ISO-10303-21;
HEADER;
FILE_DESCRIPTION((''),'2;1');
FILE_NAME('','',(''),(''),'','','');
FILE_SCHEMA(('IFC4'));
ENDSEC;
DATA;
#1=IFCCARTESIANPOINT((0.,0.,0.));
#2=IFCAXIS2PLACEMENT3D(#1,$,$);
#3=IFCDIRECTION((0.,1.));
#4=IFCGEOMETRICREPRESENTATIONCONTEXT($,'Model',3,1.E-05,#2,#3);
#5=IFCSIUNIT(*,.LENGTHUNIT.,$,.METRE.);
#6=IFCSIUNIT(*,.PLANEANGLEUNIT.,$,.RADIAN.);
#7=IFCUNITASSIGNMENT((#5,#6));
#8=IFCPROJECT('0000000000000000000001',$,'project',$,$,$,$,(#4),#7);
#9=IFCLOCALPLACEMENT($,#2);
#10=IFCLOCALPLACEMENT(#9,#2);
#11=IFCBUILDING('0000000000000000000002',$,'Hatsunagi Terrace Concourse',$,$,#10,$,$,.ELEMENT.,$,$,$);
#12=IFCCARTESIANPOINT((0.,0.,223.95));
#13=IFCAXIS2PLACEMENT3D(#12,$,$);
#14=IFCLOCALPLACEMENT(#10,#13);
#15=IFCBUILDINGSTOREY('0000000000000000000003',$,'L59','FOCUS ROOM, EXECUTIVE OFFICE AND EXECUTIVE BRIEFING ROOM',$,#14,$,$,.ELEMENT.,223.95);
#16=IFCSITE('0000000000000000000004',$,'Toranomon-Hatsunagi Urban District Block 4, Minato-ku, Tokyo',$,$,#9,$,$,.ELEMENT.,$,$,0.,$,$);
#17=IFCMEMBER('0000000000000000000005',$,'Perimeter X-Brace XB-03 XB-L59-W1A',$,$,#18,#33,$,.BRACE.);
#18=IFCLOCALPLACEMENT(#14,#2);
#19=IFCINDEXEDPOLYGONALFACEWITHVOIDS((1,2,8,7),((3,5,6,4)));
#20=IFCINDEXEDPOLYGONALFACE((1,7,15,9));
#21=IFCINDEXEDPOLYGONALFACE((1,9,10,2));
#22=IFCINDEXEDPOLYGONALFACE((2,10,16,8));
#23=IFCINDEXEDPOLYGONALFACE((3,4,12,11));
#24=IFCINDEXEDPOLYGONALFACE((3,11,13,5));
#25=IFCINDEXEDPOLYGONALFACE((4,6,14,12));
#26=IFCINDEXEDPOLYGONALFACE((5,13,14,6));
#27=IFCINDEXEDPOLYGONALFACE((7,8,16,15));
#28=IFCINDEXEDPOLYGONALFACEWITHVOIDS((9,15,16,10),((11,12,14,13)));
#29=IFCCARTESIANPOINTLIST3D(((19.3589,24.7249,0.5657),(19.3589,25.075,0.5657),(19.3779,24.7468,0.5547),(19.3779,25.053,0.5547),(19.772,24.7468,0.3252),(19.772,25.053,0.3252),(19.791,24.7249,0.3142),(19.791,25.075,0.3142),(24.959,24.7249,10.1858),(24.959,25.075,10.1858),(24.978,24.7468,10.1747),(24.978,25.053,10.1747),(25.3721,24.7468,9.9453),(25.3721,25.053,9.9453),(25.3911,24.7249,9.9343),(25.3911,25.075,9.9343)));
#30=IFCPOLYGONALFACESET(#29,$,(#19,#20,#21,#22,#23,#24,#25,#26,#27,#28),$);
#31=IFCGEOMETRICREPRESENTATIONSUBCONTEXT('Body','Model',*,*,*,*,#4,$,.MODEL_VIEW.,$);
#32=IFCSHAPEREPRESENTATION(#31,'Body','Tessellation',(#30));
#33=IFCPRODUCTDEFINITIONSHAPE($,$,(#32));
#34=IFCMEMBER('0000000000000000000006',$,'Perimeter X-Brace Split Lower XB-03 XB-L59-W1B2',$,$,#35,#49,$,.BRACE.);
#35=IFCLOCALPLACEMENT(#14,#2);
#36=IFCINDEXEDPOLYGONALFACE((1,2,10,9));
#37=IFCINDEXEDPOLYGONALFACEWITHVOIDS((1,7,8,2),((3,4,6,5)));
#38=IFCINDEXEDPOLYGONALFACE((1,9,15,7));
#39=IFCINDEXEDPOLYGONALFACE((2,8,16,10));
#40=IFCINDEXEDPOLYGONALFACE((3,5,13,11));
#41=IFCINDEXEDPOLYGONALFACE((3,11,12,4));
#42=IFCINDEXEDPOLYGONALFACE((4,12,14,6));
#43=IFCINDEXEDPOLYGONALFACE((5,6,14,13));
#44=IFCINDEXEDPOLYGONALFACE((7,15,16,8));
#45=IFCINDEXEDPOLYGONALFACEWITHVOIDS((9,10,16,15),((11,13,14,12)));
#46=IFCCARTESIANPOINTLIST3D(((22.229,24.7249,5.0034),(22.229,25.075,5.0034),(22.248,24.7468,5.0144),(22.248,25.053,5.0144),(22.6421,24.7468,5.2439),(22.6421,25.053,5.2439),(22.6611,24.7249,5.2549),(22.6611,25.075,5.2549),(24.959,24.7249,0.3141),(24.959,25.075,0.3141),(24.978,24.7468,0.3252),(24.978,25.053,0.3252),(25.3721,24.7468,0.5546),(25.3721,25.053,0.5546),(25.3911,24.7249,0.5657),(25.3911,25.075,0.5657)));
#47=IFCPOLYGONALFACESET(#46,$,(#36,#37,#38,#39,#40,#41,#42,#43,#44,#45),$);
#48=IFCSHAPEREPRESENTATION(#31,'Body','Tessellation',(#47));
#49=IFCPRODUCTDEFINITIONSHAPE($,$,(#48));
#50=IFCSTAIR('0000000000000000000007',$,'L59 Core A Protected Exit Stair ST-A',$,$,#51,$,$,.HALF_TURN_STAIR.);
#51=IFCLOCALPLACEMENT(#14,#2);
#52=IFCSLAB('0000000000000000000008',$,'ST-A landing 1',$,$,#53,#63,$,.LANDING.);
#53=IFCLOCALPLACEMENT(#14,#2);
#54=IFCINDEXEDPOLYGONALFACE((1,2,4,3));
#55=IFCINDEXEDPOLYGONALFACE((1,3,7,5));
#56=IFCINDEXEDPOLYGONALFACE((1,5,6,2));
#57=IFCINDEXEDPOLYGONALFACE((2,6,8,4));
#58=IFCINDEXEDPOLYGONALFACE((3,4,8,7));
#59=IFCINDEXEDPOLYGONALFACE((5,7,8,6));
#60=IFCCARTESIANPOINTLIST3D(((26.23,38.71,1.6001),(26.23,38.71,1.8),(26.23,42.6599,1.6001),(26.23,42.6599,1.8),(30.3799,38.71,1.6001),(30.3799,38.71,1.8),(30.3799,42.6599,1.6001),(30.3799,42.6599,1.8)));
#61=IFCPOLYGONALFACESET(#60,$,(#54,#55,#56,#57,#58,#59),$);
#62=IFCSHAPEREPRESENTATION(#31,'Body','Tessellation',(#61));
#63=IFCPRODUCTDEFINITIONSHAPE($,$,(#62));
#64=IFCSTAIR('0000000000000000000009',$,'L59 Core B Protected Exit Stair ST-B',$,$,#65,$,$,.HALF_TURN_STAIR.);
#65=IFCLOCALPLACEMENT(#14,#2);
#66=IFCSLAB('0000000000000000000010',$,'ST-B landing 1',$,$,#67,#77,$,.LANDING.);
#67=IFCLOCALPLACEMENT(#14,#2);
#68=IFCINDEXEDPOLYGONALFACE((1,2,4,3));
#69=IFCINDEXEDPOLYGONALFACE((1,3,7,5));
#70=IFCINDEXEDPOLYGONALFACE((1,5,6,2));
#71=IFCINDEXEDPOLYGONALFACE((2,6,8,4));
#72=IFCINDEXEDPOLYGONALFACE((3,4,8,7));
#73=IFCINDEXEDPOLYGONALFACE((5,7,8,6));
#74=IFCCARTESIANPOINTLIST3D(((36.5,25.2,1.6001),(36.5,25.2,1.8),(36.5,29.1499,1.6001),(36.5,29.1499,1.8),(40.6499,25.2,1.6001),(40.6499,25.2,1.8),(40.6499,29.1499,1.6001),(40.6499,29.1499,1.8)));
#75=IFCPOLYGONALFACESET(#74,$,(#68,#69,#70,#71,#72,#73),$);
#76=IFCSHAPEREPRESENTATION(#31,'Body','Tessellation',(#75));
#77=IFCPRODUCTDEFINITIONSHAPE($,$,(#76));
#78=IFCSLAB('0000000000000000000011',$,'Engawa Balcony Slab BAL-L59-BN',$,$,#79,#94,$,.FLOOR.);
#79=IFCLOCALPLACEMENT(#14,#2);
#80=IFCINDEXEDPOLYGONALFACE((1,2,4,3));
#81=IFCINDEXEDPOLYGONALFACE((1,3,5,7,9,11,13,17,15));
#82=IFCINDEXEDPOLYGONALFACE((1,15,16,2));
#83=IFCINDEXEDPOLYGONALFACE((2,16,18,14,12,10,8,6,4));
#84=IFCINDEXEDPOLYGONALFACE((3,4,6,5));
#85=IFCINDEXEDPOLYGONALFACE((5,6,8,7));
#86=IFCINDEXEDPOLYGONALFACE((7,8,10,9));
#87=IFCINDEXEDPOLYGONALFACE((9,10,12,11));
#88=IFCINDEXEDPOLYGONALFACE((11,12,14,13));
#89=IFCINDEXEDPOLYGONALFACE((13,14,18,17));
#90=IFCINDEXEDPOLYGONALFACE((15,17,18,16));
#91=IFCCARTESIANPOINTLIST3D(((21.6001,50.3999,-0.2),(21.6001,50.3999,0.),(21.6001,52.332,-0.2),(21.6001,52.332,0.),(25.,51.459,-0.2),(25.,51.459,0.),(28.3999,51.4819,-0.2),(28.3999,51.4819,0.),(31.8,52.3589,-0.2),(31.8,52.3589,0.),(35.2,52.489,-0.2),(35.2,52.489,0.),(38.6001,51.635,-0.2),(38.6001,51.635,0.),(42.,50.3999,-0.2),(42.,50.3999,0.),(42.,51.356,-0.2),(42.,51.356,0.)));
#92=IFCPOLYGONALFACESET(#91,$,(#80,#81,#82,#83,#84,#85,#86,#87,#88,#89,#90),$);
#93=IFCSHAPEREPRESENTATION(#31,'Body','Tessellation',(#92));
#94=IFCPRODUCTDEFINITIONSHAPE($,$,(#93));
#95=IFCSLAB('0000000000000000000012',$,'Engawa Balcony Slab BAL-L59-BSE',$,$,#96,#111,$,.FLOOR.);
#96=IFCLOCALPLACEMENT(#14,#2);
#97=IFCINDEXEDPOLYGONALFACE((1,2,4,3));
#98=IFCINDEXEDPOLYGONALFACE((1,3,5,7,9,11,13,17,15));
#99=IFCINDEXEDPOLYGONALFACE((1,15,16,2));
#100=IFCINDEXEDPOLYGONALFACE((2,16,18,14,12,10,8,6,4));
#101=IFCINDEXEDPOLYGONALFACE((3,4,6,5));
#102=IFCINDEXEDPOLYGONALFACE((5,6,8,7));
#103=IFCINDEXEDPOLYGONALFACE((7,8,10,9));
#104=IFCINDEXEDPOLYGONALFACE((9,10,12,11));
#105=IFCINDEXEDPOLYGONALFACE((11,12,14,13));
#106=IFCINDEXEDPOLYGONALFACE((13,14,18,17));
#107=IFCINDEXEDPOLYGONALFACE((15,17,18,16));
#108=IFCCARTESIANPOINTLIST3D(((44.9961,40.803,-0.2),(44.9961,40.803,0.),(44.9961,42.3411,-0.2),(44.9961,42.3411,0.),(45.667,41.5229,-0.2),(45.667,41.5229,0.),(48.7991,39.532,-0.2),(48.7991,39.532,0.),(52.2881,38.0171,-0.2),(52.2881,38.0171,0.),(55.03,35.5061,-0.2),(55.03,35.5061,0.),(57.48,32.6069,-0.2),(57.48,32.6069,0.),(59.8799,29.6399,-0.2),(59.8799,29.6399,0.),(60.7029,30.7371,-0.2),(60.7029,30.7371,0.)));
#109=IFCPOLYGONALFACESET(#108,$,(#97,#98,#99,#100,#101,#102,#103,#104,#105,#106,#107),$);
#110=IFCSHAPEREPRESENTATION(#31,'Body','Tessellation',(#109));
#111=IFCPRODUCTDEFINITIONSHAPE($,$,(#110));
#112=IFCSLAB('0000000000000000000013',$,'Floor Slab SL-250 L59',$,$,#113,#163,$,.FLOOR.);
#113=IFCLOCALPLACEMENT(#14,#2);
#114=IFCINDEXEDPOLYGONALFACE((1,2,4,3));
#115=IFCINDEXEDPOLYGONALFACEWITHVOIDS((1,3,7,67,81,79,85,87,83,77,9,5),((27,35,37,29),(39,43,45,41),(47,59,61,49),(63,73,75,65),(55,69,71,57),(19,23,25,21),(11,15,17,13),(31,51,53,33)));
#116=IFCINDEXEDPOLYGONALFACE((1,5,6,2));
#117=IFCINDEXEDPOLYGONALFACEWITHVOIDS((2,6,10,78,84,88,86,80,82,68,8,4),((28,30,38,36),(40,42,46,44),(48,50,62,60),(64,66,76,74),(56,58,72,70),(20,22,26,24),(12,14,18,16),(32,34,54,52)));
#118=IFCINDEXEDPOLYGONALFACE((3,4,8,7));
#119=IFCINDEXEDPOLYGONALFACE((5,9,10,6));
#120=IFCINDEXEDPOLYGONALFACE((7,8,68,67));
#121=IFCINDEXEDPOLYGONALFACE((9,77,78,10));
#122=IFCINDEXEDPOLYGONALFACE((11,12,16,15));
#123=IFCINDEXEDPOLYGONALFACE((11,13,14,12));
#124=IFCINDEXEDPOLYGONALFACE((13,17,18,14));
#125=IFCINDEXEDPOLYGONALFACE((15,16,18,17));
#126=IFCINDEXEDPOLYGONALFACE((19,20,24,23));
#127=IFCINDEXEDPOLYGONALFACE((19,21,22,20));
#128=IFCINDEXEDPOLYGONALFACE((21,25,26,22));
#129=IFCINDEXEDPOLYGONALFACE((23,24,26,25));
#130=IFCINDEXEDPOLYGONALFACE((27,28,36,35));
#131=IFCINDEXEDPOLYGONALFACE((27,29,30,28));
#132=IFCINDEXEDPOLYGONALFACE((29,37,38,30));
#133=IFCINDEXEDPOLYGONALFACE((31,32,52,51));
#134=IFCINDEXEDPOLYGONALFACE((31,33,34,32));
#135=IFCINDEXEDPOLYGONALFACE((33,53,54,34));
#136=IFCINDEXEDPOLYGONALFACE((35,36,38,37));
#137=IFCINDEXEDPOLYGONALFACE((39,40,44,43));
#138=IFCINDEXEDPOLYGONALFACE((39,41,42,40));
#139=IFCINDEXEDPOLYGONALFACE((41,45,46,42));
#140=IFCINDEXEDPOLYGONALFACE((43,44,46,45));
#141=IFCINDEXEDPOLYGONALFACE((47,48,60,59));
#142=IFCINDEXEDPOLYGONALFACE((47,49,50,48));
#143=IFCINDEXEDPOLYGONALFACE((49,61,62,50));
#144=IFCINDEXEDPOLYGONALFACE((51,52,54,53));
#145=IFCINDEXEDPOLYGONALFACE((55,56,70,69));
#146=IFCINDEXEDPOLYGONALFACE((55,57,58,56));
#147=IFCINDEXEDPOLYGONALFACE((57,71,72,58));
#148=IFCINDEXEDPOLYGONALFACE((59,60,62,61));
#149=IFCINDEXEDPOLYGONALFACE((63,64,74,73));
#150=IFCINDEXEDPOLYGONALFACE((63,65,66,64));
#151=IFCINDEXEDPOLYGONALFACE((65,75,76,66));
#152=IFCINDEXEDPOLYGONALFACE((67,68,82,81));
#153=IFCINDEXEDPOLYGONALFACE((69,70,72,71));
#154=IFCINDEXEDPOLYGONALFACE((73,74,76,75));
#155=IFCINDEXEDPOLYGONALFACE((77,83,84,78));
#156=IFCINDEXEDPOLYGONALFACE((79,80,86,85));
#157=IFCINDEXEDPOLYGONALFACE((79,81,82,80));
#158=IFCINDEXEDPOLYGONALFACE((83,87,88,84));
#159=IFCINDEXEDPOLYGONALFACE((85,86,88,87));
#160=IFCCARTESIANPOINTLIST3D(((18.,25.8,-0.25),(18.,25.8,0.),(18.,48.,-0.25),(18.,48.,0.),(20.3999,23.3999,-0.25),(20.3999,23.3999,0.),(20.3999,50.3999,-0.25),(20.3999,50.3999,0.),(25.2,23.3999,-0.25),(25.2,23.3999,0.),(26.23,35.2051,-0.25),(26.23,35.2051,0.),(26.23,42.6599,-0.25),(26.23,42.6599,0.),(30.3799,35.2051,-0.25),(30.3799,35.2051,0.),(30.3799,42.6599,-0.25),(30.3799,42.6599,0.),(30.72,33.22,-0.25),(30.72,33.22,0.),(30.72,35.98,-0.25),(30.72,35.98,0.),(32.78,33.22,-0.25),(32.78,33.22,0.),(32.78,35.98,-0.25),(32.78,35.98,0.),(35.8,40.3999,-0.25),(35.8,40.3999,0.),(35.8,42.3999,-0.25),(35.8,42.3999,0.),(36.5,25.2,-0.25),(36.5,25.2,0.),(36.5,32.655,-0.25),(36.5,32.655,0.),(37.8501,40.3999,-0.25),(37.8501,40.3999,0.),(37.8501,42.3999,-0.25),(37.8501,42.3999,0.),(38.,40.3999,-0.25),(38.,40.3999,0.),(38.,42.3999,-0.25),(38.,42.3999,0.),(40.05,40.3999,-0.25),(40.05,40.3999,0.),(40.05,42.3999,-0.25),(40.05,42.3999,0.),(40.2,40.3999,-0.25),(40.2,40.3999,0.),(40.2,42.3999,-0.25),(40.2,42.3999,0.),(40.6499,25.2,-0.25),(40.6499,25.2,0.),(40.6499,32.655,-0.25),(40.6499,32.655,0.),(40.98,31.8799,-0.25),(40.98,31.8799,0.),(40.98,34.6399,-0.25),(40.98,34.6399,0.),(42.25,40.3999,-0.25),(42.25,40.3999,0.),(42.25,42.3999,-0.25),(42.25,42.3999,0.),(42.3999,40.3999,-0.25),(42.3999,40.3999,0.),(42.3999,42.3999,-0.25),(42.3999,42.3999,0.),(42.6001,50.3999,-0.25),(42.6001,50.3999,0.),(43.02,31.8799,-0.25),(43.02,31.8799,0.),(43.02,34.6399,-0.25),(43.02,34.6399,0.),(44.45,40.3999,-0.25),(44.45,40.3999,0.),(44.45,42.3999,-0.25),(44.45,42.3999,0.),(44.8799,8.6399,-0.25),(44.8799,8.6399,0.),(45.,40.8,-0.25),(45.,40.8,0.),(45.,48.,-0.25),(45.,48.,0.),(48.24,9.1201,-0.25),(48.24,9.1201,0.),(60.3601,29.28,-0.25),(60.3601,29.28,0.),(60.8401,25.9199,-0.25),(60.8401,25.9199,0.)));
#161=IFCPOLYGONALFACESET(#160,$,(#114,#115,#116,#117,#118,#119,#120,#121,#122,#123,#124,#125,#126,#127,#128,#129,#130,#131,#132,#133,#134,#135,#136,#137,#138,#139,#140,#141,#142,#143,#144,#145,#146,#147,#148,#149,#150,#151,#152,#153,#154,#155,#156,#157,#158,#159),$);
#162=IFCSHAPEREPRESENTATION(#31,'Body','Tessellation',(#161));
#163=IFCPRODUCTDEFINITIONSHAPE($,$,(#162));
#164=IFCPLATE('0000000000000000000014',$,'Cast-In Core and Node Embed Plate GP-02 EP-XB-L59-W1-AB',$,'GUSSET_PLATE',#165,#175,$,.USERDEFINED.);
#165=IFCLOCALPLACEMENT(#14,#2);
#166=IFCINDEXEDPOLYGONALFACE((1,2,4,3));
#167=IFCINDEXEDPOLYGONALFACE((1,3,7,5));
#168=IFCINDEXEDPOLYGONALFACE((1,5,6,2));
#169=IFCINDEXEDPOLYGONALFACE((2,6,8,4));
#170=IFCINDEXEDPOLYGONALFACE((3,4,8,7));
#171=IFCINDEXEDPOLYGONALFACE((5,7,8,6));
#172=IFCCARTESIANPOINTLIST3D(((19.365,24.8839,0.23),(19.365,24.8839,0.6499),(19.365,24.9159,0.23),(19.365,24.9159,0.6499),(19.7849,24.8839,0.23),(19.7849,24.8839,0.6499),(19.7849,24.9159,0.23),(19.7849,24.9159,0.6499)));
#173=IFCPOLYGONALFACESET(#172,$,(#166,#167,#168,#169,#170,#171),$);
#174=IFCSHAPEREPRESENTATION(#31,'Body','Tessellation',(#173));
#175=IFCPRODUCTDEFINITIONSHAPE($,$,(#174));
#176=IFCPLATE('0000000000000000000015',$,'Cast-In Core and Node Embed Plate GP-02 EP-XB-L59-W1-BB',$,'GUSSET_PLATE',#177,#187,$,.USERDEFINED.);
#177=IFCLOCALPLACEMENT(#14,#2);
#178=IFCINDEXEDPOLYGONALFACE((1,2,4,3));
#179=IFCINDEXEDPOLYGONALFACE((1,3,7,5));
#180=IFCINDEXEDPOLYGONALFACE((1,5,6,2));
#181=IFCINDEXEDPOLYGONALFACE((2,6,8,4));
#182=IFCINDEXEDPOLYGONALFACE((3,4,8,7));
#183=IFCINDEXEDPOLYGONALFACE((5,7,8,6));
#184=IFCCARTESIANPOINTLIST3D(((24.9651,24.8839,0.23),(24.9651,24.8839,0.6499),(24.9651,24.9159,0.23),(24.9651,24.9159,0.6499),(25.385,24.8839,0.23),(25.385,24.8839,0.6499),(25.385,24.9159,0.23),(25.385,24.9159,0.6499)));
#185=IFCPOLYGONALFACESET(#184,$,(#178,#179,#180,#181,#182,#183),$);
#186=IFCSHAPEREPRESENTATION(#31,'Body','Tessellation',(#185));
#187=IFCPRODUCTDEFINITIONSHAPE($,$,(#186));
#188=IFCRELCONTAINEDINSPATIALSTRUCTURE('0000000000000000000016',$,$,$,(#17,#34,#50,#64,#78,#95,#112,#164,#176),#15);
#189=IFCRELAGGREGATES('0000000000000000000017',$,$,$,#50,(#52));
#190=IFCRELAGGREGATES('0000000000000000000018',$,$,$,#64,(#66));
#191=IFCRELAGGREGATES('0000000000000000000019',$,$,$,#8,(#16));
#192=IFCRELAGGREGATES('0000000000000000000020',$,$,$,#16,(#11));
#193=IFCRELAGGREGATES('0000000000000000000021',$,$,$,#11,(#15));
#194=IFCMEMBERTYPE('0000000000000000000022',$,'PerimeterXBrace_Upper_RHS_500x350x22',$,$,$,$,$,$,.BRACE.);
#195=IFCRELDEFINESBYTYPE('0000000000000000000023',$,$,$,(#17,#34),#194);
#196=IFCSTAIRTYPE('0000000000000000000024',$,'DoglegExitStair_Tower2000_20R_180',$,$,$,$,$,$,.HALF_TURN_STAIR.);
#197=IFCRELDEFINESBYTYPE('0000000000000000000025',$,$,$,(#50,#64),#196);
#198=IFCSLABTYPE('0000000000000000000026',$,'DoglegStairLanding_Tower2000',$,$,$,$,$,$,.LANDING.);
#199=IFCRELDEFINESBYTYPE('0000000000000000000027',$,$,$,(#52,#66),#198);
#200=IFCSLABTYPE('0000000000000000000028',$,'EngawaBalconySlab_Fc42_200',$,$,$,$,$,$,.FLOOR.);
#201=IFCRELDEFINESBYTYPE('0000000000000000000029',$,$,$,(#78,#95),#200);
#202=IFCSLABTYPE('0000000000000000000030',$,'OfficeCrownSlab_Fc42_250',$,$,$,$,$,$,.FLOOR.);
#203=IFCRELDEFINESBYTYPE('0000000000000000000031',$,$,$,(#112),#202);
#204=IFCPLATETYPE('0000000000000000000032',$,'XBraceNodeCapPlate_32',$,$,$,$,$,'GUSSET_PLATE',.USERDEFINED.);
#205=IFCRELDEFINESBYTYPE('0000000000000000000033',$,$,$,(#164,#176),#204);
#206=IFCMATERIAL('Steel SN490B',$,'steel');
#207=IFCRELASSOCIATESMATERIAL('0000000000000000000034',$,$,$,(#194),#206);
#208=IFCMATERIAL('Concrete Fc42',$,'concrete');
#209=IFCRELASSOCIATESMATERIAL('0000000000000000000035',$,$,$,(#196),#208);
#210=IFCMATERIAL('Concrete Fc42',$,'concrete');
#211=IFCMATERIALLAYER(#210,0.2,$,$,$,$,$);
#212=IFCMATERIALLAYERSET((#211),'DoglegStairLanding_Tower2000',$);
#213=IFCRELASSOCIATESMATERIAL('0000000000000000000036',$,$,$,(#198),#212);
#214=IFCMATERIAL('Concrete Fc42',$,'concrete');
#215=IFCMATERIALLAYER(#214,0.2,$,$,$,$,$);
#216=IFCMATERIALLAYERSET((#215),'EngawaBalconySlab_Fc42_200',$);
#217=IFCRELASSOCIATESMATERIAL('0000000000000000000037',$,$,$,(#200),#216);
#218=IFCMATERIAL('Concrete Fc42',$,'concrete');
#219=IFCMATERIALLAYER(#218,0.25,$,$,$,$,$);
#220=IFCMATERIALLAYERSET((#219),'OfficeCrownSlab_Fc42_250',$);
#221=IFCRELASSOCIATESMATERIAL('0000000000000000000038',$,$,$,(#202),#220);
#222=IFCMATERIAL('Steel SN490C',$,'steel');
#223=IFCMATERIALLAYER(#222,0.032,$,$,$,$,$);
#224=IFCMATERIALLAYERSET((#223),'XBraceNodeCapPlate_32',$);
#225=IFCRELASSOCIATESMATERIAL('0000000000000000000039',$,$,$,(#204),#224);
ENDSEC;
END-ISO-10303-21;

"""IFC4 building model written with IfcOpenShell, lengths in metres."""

from ifc_helpers import new_model, si_unit, direction, frame, origin, origin_2d, place, context, subcontext, project, spatial, polyline, rectangle, hollow_rectangle, outline, extrude, material, layer, layer_set, material_profile, profile_set, type_object, element, aggregate, save


model = new_model("IFC4")

# Units and contexts
model_context = context("Model", 3, precision=1e-05, world=origin(), true_north=direction((0.0, 1.0)))
body_context = subcontext(model_context, "Body", "Model", "MODEL_VIEW")
ifc_project = project(units=[si_unit("LENGTHUNIT", "METRE"), si_unit("PLANEANGLEUNIT", "RADIAN")], contexts=[model_context])

# Site, building, storey
site_placement = place(None, origin())
site = spatial("IfcSite", under=ifc_project, at=site_placement, Name="Toranomon-Hatsunagi Urban District Block 4, Minato-ku, Tokyo", CompositionType="ELEMENT", RefElevation=0.0)
building_placement = place(site_placement, origin())
building = spatial("IfcBuilding", under=site, at=building_placement, Name="Hatsunagi Terrace Concourse", CompositionType="ELEMENT")
storey_placement = place(building_placement, frame((0.0, 0.0, 223.95)))
storey = spatial("IfcBuildingStorey", under=building, at=storey_placement, Name="L59", Description="FOCUS ROOM, EXECUTIVE OFFICE AND EXECUTIVE BRIEFING ROOM", CompositionType="ELEMENT", Elevation=223.95)

# Members
ifc_material_1 = material(Name="Steel SN490B", Category="steel")
ifc_material_profile_1 = material_profile(ifc_material_1, hollow_rectangle(XDim=0.3501, YDim=0.5, WallThickness=0.022, at=origin_2d()), Name="RHS-500x350x22")
ifc_profile_set_1 = profile_set([ifc_material_profile_1], Name="Steel SN490B")
member_type_1 = type_object("IfcMemberType", Name="PerimeterXBrace_Upper_RHS_500x350x22", PredefinedType="BRACE", material=ifc_profile_set_1)
member_1_placement = place(storey_placement, frame((19.575, 24.8999, 0.4399), z_axis=(0.503091, 0.0, 0.864234), x_axis=(0.0, 1.0, 0.0)))
element("IfcMember", 1, at=member_1_placement, inside=storey, type_object=member_type_1, Name="Perimeter X-Brace XB-03 XB-L59-W1A", PredefinedType="BRACE", context=body_context, shape_type="SweptSolid", body=[
    extrude(hollow_rectangle(XDim=0.3501, YDim=0.5, WallThickness=0.022, at=origin_2d()), origin(), (0.0, 0.0, 1.0), 11.1313),
])
member_2_placement = place(storey_placement, frame((22.4451, 24.8999, 5.1292), z_axis=(0.503129, 0.0, -0.864211), x_axis=(0.0, 1.0, 0.0)))
element("IfcMember", 2, at=member_2_placement, inside=storey, type_object=member_type_1, Name="Perimeter X-Brace Split Lower XB-03 XB-L59-W1B2", PredefinedType="BRACE", context=body_context, shape_type="SweptSolid", body=[
    extrude(hollow_rectangle(XDim=0.3501, YDim=0.5, WallThickness=0.022, at=origin_2d()), origin(), (0.0, 0.0, 1.0), 5.426),
])

# Stairs, slabs
ifc_material_2 = material(Name="Concrete Fc42", Category="concrete")
stair_type = type_object("IfcStairType", Name="DoglegExitStair_Tower2000_20R_180", PredefinedType="HALF_TURN_STAIR", material=ifc_material_2)
stair_1_placement = place(storey_placement, origin())
stair_1 = element("IfcStair", 3, at=stair_1_placement, inside=storey, type_object=stair_type, Name="L59 Core A Protected Exit Stair ST-A", PredefinedType="HALF_TURN_STAIR")
ifc_material_3 = material(Name="Concrete Fc42", Category="concrete")
ifc_layer_1 = layer(ifc_material_3, 0.2)
ifc_layer_set_1 = layer_set([ifc_layer_1], Name="DoglegStairLanding_Tower2000")
slab_type_1 = type_object("IfcSlabType", Name="DoglegStairLanding_Tower2000", PredefinedType="LANDING", material=ifc_layer_set_1)
slab_1_placement = place(storey_placement, frame((0.0, 0.0, 1.6001)))
slab_1 = element("IfcSlab", 4, at=slab_1_placement, type_object=slab_type_1, Name="ST-A landing 1", PredefinedType="LANDING", context=body_context, shape_type="SweptSolid", body=[
    extrude(outline(polyline([(30.3799, 38.71), (30.3799, 42.6599), (26.23, 42.6599), (26.23, 38.71), (30.3799, 38.71)])), origin(), (0.0, 0.0, 1.0), 0.2),
])
aggregate(stair_1, [slab_1])
stair_2_placement = place(storey_placement, origin())
stair_2 = element("IfcStair", 5, at=stair_2_placement, inside=storey, type_object=stair_type, Name="L59 Core B Protected Exit Stair ST-B", PredefinedType="HALF_TURN_STAIR")
slab_2_placement = place(storey_placement, frame((0.0, 0.0, 1.6001)))
slab_2 = element("IfcSlab", 6, at=slab_2_placement, type_object=slab_type_1, Name="ST-B landing 1", PredefinedType="LANDING", context=body_context, shape_type="SweptSolid", body=[
    extrude(outline(polyline([(36.5, 29.1499), (36.5, 25.2), (40.6499, 25.2), (40.6499, 29.1499), (36.5, 29.1499)])), origin(), (0.0, 0.0, 1.0), 0.2),
])
aggregate(stair_2, [slab_2])

# Slabs
ifc_material_4 = material(Name="Concrete Fc42", Category="concrete")
ifc_layer_2 = layer(ifc_material_4, 0.2)
ifc_layer_set_2 = layer_set([ifc_layer_2], Name="EngawaBalconySlab_Fc42_200")
slab_type_2 = type_object("IfcSlabType", Name="EngawaBalconySlab_Fc42_200", PredefinedType="FLOOR", material=ifc_layer_set_2)
slab_3_placement = place(storey_placement, frame((0.0, 0.0, -0.2)))
element("IfcSlab", 7, at=slab_3_placement, inside=storey, type_object=slab_type_2, Name="Engawa Balcony Slab BAL-L59-BN", PredefinedType="FLOOR", context=body_context, shape_type="SweptSolid", body=[
    extrude(outline(polyline([(21.6001, 52.332), (21.6001, 50.3999), (42.0, 50.3999), (42.0, 51.356), (38.6001, 51.635), (35.2, 52.489), (31.8, 52.3589), (28.3999, 51.4819), (25.0, 51.459), (21.6001, 52.332)])), origin(), (0.0, 0.0, 1.0), 0.2),
])
slab_4_placement = place(storey_placement, frame((0.0, 0.0, -0.2)))
element("IfcSlab", 8, at=slab_4_placement, inside=storey, type_object=slab_type_2, Name="Engawa Balcony Slab BAL-L59-BSE", PredefinedType="FLOOR", context=body_context, shape_type="SweptSolid", body=[
    extrude(outline(polyline([(45.667, 41.5229), (44.9961, 42.3411), (44.9961, 40.803), (59.8799, 29.6399), (60.7029, 30.7371), (57.48, 32.6069), (55.03, 35.5061), (52.2881, 38.0171), (48.7991, 39.532), (45.667, 41.5229)])), origin(), (0.0, 0.0, 1.0), 0.2),
])
ifc_material_5 = material(Name="Concrete Fc42", Category="concrete")
ifc_layer_3 = layer(ifc_material_5, 0.25)
ifc_layer_set_3 = layer_set([ifc_layer_3], Name="OfficeCrownSlab_Fc42_250")
slab_type_3 = type_object("IfcSlabType", Name="OfficeCrownSlab_Fc42_250", PredefinedType="FLOOR", material=ifc_layer_set_3)
slab_5_placement = place(storey_placement, frame((0.0, 0.0, -0.25)))
element("IfcSlab", 9, at=slab_5_placement, inside=storey, type_object=slab_type_3, Name="Floor Slab SL-250 L59", PredefinedType="FLOOR", context=body_context, shape_type="SweptSolid", body=[
    extrude(outline(polyline([(45.0, 40.8), (45.0, 48.0), (42.6001, 50.3999), (20.3999, 50.3999), (18.0, 48.0), (18.0, 25.8), (20.3999, 23.3999), (25.2, 23.3999), (44.8799, 8.6399), (48.24, 9.1201), (60.8401, 25.9199), (60.3601, 29.28), (45.0, 40.8)]), holes=[polyline([(26.23, 35.2051), (30.3799, 35.2051), (30.3799, 42.6599), (26.23, 42.6599), (26.23, 35.2051)]), polyline([(36.5, 25.2), (40.6499, 25.2), (40.6499, 32.655), (36.5, 32.655), (36.5, 25.2)]), polyline([(30.72, 33.22), (32.78, 33.22), (32.78, 35.98), (30.72, 35.98), (30.72, 33.22)]), polyline([(40.98, 31.8799), (43.02, 31.8799), (43.02, 34.6399), (40.98, 34.6399), (40.98, 31.8799)]), polyline([(35.8, 40.3999), (37.8501, 40.3999), (37.8501, 42.3999), (35.8, 42.3999), (35.8, 40.3999)]), polyline([(38.0, 40.3999), (40.05, 40.3999), (40.05, 42.3999), (38.0, 42.3999), (38.0, 40.3999)]), polyline([(40.2, 40.3999), (42.25, 40.3999), (42.25, 42.3999), (40.2, 42.3999), (40.2, 40.3999)]), polyline([(42.3999, 40.3999), (44.45, 40.3999), (44.45, 42.3999), (42.3999, 42.3999), (42.3999, 40.3999)])]), origin(), (0.0, 0.0, 1.0), 0.25),
])

# Plates
ifc_material_6 = material(Name="Steel SN490C", Category="steel")
ifc_layer_4 = layer(ifc_material_6, 0.032)
ifc_layer_set_4 = layer_set([ifc_layer_4], Name="XBraceNodeCapPlate_32")
plate_type = type_object("IfcPlateType", Name="XBraceNodeCapPlate_32", ElementType="GUSSET_PLATE", PredefinedType="USERDEFINED", material=ifc_layer_set_4)
for number, where, z_axis, x_axis, name in (
    (10, (19.575, 24.8999, 0.23), (0.0, 0.0, 1.0), (1.0, 0.0, 0.0), "Cast-In Core and Node Embed Plate GP-02 EP-XB-L59-W1-AB"),
    (11, (25.175, 24.8999, 0.23), (0.0, 0.0, 1.0), (1.0, 0.0, 0.0), "Cast-In Core and Node Embed Plate GP-02 EP-XB-L59-W1-BB"),
):
    element("IfcPlate", number, at=place(storey_placement, frame(where, z_axis=z_axis, x_axis=x_axis)), inside=storey, type_object=plate_type, Name=name, ObjectType="GUSSET_PLATE", PredefinedType="USERDEFINED", context=body_context, shape_type="SweptSolid", body=[
        extrude(rectangle(XDim=0.4199, YDim=0.032, at=origin_2d()), origin(), (0.0, 0.0, 1.0), 0.4199),
    ])

save(model, "model.ifc")
